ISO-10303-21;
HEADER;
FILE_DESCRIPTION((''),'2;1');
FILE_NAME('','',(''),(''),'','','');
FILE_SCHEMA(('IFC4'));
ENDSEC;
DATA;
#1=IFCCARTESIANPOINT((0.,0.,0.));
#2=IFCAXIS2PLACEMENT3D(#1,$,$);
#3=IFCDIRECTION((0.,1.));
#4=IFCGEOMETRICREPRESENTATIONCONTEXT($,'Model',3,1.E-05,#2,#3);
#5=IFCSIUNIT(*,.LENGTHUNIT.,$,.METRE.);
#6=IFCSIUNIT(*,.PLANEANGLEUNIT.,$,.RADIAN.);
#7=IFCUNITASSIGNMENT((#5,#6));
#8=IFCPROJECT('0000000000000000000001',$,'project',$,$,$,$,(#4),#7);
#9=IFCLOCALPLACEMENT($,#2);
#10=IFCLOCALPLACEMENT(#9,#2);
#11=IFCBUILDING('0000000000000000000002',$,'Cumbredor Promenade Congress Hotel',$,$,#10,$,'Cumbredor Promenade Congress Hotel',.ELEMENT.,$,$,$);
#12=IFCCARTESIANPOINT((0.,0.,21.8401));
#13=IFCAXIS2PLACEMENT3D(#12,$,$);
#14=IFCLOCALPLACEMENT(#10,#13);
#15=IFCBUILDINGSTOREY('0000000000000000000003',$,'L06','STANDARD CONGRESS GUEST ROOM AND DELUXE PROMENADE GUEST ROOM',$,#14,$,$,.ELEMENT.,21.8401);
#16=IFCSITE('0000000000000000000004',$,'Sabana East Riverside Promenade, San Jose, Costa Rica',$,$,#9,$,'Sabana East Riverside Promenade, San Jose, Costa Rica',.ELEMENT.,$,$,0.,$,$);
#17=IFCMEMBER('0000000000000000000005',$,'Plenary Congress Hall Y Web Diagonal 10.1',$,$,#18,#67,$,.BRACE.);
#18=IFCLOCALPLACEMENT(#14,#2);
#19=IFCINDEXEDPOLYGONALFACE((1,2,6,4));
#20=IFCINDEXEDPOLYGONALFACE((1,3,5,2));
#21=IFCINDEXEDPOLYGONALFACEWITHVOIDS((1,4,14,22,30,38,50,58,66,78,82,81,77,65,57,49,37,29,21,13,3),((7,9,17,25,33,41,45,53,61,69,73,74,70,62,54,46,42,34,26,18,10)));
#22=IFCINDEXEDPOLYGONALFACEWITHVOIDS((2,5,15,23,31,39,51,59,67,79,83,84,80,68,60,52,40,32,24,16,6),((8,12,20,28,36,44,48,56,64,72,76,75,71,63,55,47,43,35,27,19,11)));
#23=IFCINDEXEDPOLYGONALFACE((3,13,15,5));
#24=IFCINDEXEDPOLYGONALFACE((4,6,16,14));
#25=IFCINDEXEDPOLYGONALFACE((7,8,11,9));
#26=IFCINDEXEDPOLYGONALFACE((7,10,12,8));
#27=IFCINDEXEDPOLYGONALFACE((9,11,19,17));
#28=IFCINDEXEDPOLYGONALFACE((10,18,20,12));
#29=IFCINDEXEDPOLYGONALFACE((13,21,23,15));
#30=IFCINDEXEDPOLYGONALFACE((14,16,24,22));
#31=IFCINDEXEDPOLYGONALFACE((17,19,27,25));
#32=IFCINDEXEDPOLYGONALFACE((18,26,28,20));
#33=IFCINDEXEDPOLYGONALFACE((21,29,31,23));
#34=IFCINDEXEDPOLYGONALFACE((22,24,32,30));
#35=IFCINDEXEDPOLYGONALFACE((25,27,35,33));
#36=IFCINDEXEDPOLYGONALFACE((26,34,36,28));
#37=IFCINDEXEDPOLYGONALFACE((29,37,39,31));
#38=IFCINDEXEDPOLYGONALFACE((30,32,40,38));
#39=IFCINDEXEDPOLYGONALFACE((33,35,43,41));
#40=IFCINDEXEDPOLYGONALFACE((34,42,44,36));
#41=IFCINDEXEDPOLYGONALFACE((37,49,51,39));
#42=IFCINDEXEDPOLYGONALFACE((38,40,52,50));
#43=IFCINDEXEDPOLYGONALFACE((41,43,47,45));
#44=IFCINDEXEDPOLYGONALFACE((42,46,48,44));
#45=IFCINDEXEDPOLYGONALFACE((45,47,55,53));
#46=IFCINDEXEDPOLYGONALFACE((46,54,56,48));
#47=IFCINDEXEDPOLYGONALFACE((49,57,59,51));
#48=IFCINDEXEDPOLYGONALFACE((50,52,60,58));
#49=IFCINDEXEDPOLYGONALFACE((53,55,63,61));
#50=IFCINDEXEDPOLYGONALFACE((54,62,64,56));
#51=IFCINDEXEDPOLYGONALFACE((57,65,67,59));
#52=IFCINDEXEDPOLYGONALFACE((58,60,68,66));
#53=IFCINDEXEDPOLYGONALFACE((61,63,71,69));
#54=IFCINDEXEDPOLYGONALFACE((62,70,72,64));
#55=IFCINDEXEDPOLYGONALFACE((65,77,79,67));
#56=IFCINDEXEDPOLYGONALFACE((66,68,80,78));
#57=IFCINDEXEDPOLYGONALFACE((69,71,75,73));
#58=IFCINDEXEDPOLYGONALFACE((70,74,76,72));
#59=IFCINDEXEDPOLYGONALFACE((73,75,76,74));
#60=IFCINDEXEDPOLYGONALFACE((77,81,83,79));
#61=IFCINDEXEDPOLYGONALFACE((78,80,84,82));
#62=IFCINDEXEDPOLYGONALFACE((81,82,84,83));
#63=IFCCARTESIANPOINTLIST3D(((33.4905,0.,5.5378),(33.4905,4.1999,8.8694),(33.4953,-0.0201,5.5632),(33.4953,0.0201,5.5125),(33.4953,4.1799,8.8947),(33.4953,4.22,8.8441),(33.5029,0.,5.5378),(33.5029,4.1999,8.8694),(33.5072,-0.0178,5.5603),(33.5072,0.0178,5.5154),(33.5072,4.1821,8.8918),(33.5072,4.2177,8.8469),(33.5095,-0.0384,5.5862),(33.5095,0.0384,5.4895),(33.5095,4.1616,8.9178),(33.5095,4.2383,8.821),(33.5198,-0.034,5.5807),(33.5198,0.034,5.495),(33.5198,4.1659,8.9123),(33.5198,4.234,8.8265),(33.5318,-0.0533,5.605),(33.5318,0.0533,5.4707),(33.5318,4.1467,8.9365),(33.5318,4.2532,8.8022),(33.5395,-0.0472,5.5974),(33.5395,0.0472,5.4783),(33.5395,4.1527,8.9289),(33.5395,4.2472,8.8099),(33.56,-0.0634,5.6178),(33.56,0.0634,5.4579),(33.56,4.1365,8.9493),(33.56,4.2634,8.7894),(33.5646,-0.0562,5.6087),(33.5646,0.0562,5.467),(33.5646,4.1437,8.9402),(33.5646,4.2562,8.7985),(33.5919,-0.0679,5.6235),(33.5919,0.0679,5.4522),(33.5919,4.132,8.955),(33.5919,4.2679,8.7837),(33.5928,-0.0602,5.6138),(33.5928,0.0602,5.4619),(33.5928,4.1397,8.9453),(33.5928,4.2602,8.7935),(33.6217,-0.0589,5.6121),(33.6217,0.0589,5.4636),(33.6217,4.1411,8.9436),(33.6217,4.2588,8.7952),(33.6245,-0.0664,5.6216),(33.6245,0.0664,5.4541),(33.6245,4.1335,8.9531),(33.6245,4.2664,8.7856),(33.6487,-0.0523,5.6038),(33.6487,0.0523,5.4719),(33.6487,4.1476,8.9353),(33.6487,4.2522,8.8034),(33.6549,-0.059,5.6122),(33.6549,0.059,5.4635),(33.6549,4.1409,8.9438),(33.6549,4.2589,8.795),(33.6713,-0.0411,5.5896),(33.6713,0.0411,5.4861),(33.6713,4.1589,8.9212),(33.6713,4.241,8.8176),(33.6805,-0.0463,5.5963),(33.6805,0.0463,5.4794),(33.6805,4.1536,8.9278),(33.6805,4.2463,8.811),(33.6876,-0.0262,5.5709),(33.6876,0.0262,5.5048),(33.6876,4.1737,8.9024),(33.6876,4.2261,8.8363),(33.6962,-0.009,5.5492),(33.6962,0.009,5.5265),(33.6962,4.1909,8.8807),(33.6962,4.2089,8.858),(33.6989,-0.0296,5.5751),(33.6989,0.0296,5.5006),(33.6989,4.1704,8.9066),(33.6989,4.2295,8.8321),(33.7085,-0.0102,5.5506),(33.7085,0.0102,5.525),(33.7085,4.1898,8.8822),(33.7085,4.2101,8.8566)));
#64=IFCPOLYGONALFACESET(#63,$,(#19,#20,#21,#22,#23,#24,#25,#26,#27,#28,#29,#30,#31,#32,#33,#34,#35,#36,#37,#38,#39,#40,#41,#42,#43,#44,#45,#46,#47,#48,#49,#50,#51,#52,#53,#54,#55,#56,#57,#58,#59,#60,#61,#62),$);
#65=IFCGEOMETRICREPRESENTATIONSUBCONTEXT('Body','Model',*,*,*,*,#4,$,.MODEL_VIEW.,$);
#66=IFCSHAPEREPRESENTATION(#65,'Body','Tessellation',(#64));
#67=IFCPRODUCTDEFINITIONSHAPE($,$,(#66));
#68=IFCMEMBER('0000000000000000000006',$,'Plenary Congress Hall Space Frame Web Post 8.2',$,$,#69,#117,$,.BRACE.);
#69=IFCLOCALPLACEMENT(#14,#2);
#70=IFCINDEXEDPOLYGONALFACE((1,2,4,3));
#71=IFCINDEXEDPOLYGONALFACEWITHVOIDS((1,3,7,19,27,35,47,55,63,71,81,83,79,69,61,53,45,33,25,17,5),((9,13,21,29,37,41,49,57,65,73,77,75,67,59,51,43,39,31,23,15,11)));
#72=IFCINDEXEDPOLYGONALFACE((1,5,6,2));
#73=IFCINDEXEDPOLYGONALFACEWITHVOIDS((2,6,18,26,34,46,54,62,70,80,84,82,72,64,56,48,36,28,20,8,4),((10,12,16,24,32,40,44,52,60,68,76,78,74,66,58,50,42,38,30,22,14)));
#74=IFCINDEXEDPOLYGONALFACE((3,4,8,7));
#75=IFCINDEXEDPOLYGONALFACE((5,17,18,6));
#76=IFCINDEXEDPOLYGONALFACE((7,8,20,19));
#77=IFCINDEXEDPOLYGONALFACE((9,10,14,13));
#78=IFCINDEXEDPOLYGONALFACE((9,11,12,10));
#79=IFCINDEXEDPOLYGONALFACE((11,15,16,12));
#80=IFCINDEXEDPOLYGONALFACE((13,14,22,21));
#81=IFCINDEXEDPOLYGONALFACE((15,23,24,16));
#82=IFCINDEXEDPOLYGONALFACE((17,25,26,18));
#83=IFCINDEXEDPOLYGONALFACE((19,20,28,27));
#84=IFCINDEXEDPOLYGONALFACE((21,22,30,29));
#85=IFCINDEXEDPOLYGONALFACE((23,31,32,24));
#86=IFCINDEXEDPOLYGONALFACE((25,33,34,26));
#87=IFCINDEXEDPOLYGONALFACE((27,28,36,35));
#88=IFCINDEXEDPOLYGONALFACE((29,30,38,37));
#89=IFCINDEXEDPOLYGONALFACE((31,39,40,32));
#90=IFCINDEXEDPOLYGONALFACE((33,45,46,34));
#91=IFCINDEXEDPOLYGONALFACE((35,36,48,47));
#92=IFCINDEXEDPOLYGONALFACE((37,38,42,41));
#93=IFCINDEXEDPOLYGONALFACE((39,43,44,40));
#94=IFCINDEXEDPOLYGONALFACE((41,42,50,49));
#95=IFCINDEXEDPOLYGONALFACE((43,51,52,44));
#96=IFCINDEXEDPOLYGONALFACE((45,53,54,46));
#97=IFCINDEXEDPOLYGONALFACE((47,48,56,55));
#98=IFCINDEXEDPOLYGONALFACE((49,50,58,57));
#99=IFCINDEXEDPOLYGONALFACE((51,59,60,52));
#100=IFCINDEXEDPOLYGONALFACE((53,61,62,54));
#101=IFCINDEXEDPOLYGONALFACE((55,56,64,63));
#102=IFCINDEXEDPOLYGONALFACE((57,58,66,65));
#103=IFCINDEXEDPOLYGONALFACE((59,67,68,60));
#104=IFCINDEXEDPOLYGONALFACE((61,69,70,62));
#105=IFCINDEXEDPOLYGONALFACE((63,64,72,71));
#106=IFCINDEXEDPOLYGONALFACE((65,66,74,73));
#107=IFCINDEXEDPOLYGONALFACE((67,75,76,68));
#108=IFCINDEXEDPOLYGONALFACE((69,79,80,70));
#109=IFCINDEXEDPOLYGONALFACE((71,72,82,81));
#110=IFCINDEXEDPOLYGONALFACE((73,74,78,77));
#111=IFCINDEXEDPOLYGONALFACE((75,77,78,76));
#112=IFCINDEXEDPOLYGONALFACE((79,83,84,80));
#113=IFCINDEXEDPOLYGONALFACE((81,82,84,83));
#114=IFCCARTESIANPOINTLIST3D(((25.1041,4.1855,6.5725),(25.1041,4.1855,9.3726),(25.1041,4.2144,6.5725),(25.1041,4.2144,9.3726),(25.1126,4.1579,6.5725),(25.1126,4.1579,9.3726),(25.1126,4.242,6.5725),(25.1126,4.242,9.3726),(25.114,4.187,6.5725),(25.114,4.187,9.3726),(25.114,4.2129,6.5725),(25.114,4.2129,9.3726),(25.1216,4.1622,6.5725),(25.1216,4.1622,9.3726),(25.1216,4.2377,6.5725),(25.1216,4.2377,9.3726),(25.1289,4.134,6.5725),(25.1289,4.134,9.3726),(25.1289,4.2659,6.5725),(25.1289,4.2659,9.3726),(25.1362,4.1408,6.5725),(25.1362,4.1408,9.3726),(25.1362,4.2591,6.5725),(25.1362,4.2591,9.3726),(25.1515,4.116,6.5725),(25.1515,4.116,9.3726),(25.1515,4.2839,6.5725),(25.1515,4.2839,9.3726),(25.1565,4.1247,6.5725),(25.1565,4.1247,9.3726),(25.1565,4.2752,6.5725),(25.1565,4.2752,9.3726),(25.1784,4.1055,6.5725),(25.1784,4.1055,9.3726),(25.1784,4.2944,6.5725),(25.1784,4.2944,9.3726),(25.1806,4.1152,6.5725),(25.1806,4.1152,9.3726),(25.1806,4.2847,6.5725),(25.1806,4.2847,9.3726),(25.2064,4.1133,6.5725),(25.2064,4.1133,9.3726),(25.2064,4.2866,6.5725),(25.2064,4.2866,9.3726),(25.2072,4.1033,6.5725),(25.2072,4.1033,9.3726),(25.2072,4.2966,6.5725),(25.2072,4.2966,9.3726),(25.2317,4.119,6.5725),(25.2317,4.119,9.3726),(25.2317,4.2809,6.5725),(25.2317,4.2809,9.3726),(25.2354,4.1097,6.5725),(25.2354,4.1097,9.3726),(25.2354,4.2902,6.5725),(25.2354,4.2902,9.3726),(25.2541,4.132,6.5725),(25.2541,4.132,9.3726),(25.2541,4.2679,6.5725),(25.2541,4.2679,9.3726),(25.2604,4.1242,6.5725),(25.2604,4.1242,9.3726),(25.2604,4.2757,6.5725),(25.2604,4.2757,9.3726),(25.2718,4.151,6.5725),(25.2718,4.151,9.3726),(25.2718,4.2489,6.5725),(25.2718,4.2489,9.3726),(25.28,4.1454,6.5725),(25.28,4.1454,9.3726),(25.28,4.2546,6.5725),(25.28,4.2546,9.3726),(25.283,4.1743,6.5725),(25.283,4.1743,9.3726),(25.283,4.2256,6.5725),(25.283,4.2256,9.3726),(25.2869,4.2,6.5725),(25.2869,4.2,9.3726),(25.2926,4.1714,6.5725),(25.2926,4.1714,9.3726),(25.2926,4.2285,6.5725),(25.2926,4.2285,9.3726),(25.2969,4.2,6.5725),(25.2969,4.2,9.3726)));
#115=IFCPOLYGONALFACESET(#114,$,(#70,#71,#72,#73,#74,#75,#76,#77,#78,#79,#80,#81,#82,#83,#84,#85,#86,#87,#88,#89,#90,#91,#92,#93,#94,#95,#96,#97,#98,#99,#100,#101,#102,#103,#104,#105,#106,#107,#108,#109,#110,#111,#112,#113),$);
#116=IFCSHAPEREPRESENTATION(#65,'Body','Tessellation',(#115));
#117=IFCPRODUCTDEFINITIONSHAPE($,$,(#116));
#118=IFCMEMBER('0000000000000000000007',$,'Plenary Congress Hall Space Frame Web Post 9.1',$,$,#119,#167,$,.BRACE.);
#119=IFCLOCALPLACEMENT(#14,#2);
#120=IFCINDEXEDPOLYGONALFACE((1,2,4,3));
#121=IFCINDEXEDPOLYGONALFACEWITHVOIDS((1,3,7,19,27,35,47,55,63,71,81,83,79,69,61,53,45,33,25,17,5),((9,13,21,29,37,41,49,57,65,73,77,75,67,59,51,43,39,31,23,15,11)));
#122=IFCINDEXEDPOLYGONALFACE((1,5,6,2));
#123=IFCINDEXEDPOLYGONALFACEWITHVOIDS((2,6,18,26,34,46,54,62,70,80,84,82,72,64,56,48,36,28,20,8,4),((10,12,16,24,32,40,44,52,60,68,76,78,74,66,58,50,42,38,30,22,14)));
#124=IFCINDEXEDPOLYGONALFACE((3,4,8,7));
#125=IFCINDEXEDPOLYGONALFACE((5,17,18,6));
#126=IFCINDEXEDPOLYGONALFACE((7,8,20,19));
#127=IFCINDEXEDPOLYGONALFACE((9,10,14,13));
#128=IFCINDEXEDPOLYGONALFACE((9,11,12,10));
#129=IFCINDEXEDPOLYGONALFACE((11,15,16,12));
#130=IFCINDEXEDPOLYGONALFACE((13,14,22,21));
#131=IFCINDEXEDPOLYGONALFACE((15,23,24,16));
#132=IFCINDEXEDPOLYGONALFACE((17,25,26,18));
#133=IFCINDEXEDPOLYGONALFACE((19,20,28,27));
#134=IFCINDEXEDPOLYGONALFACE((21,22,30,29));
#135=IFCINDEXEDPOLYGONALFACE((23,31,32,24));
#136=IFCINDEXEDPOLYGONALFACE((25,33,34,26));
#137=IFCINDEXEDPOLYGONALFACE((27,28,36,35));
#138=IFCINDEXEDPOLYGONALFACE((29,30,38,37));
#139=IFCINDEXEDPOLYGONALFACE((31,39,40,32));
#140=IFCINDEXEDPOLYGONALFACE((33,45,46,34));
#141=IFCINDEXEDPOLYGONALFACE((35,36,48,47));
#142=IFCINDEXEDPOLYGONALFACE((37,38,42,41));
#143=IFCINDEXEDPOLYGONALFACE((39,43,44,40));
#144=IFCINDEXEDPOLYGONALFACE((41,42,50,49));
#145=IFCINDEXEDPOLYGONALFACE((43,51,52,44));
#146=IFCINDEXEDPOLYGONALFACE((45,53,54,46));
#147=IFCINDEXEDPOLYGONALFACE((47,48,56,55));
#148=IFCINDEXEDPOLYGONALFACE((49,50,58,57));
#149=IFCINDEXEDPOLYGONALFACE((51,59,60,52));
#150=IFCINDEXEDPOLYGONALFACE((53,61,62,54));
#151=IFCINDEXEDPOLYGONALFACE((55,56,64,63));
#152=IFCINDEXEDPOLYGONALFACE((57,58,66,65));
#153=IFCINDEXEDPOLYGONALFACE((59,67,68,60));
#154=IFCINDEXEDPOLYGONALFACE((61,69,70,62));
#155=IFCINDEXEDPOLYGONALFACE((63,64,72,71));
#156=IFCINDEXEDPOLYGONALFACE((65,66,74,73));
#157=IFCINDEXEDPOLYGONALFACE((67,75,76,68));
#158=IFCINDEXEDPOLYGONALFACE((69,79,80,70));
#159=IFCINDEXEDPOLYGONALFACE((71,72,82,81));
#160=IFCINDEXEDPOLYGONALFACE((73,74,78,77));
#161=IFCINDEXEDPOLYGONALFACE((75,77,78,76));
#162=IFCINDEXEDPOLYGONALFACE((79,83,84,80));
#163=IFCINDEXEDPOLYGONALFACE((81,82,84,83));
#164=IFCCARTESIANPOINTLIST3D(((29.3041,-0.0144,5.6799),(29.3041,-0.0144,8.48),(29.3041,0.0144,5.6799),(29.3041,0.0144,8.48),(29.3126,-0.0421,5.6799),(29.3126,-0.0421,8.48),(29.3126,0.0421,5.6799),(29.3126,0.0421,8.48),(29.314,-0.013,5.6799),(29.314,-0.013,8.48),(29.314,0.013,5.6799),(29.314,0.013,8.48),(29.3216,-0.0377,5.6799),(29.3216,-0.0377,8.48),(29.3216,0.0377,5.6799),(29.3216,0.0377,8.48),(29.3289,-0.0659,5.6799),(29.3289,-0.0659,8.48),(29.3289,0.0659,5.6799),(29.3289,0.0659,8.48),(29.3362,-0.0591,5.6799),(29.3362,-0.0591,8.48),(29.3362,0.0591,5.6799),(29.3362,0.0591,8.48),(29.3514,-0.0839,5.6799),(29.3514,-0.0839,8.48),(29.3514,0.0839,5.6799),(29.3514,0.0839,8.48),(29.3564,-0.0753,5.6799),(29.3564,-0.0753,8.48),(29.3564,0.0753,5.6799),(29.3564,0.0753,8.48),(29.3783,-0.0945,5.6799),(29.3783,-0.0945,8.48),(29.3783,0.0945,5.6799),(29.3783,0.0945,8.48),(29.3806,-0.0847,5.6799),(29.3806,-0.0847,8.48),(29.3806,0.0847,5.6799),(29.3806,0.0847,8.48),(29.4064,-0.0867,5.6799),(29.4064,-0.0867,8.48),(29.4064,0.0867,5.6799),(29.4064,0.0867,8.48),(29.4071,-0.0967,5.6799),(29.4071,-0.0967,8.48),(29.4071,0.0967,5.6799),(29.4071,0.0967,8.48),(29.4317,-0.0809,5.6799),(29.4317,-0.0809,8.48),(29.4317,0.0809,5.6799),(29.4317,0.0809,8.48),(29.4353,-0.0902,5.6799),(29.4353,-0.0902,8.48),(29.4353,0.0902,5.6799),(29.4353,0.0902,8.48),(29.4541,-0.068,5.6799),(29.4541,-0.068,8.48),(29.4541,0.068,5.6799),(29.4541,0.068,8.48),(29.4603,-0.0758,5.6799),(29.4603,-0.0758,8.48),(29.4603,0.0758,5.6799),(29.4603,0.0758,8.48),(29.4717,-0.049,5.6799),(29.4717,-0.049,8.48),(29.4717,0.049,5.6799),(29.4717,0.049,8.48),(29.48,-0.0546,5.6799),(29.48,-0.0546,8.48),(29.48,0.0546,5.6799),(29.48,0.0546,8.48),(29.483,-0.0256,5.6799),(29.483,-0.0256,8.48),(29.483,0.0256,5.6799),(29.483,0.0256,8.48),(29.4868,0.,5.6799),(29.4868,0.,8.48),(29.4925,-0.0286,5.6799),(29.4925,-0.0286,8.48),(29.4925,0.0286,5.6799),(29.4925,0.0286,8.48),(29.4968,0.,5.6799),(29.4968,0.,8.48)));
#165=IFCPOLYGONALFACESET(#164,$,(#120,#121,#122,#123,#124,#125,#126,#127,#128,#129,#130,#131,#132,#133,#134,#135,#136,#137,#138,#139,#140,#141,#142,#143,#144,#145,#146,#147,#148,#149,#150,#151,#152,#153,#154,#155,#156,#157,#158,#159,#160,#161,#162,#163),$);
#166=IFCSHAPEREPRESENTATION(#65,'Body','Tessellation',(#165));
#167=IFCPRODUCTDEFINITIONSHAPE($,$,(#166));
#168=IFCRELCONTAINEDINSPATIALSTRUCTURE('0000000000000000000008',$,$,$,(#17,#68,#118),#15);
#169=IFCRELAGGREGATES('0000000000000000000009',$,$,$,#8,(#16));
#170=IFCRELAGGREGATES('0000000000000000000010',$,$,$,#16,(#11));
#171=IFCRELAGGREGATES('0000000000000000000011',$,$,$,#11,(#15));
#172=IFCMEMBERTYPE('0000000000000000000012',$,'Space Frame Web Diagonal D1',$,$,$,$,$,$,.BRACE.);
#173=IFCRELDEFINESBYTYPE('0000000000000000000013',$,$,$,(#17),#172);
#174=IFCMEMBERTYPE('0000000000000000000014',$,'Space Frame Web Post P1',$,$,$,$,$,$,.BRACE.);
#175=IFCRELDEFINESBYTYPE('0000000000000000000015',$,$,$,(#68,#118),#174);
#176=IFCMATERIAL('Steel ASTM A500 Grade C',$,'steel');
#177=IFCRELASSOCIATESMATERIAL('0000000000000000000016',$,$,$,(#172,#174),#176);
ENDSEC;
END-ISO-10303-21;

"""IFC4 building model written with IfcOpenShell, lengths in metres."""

from ifc_helpers import new_model, si_unit, direction, frame, origin, origin_2d, place, context, subcontext, project, spatial, hollow_circle, extrude, material, material_profile, profile_set, type_object, element, save


model = new_model("IFC4")

# Units and contexts
model_context = context("Model", 3, precision=1e-05, world=origin(), true_north=direction((0.0, 1.0)))
body_context = subcontext(model_context, "Body", "Model", "MODEL_VIEW")
ifc_project = project(units=[si_unit("LENGTHUNIT", "METRE"), si_unit("PLANEANGLEUNIT", "RADIAN")], contexts=[model_context])

# Site, building, storey
site_placement = place(None, origin())
site = spatial("IfcSite", under=ifc_project, at=site_placement, Name="Sabana East Riverside Promenade, San Jose, Costa Rica", LongName="Sabana East Riverside Promenade, San Jose, Costa Rica", CompositionType="ELEMENT", RefElevation=0.0)
building_placement = place(site_placement, origin())
building = spatial("IfcBuilding", under=site, at=building_placement, Name="Cumbredor Promenade Congress Hotel", LongName="Cumbredor Promenade Congress Hotel", CompositionType="ELEMENT")
storey_placement = place(building_placement, frame((0.0, 0.0, 21.8401)))
storey = spatial("IfcBuildingStorey", under=building, at=storey_placement, Name="L06", Description="STANDARD CONGRESS GUEST ROOM AND DELUXE PROMENADE GUEST ROOM", CompositionType="ELEMENT", Elevation=21.8401)

# Members
ifc_material_1 = material(Name="Steel ASTM A500 Grade C", Category="steel")
ifc_material_profile_1 = material_profile(ifc_material_1, hollow_circle(Radius=0.1096, WallThickness=0.0125, at=origin_2d()), Name="CHS 219.1x12.5")
ifc_profile_set_1 = profile_set([ifc_material_profile_1], Name="Steel ASTM A500 Grade C")
member_type_1 = type_object("IfcMemberType", Name="Space Frame Web Diagonal D1", PredefinedType="BRACE", material=ifc_profile_set_1)
member_1_placement = place(storey_placement, frame((33.6001, 0.0, 5.5378), z_axis=(0.0, 0.783448, 0.621457), x_axis=(-1.0, 0.0, 0.0)))
element("IfcMember", 1, at=member_1_placement, inside=storey, type_object=member_type_1, Name="Plenary Congress Hall Y Web Diagonal 10.1", PredefinedType="BRACE", context=body_context, shape_type="SweptSolid", body=[
    extrude(hollow_circle(Radius=0.1096, WallThickness=0.0125, at=origin_2d()), origin(), (0.0, 0.0, 1.0), 5.3608),
])
ifc_material_profile_2 = material_profile(ifc_material_1, hollow_circle(Radius=0.0969, WallThickness=0.01, at=origin_2d()), Name="CHS 193.7x10")
ifc_profile_set_2 = profile_set([ifc_material_profile_2], Name="Steel ASTM A500 Grade C")
member_type_2 = type_object("IfcMemberType", Name="Space Frame Web Post P1", PredefinedType="BRACE", material=ifc_profile_set_2)
for number, where, z_axis, x_axis, name in (
    (2, (25.2, 4.2, 6.5725), (0.0, 0.0, 1.0), (1.0, 0.0, 0.0), "Plenary Congress Hall Space Frame Web Post 8.2"),
    (3, (29.3999, 0.0, 5.6799), (0.0, 0.0, 1.0), (1.0, 0.0, 0.0), "Plenary Congress Hall Space Frame Web Post 9.1"),
):
    element("IfcMember", number, at=place(storey_placement, frame(where, z_axis=z_axis, x_axis=x_axis)), inside=storey, type_object=member_type_2, Name=name, PredefinedType="BRACE", context=body_context, shape_type="SweptSolid", body=[
        extrude(hollow_circle(Radius=0.0969, WallThickness=0.01, at=origin_2d()), origin(), (0.0, 0.0, 1.0), 2.8),
    ])

save(model, "model.ifc")
